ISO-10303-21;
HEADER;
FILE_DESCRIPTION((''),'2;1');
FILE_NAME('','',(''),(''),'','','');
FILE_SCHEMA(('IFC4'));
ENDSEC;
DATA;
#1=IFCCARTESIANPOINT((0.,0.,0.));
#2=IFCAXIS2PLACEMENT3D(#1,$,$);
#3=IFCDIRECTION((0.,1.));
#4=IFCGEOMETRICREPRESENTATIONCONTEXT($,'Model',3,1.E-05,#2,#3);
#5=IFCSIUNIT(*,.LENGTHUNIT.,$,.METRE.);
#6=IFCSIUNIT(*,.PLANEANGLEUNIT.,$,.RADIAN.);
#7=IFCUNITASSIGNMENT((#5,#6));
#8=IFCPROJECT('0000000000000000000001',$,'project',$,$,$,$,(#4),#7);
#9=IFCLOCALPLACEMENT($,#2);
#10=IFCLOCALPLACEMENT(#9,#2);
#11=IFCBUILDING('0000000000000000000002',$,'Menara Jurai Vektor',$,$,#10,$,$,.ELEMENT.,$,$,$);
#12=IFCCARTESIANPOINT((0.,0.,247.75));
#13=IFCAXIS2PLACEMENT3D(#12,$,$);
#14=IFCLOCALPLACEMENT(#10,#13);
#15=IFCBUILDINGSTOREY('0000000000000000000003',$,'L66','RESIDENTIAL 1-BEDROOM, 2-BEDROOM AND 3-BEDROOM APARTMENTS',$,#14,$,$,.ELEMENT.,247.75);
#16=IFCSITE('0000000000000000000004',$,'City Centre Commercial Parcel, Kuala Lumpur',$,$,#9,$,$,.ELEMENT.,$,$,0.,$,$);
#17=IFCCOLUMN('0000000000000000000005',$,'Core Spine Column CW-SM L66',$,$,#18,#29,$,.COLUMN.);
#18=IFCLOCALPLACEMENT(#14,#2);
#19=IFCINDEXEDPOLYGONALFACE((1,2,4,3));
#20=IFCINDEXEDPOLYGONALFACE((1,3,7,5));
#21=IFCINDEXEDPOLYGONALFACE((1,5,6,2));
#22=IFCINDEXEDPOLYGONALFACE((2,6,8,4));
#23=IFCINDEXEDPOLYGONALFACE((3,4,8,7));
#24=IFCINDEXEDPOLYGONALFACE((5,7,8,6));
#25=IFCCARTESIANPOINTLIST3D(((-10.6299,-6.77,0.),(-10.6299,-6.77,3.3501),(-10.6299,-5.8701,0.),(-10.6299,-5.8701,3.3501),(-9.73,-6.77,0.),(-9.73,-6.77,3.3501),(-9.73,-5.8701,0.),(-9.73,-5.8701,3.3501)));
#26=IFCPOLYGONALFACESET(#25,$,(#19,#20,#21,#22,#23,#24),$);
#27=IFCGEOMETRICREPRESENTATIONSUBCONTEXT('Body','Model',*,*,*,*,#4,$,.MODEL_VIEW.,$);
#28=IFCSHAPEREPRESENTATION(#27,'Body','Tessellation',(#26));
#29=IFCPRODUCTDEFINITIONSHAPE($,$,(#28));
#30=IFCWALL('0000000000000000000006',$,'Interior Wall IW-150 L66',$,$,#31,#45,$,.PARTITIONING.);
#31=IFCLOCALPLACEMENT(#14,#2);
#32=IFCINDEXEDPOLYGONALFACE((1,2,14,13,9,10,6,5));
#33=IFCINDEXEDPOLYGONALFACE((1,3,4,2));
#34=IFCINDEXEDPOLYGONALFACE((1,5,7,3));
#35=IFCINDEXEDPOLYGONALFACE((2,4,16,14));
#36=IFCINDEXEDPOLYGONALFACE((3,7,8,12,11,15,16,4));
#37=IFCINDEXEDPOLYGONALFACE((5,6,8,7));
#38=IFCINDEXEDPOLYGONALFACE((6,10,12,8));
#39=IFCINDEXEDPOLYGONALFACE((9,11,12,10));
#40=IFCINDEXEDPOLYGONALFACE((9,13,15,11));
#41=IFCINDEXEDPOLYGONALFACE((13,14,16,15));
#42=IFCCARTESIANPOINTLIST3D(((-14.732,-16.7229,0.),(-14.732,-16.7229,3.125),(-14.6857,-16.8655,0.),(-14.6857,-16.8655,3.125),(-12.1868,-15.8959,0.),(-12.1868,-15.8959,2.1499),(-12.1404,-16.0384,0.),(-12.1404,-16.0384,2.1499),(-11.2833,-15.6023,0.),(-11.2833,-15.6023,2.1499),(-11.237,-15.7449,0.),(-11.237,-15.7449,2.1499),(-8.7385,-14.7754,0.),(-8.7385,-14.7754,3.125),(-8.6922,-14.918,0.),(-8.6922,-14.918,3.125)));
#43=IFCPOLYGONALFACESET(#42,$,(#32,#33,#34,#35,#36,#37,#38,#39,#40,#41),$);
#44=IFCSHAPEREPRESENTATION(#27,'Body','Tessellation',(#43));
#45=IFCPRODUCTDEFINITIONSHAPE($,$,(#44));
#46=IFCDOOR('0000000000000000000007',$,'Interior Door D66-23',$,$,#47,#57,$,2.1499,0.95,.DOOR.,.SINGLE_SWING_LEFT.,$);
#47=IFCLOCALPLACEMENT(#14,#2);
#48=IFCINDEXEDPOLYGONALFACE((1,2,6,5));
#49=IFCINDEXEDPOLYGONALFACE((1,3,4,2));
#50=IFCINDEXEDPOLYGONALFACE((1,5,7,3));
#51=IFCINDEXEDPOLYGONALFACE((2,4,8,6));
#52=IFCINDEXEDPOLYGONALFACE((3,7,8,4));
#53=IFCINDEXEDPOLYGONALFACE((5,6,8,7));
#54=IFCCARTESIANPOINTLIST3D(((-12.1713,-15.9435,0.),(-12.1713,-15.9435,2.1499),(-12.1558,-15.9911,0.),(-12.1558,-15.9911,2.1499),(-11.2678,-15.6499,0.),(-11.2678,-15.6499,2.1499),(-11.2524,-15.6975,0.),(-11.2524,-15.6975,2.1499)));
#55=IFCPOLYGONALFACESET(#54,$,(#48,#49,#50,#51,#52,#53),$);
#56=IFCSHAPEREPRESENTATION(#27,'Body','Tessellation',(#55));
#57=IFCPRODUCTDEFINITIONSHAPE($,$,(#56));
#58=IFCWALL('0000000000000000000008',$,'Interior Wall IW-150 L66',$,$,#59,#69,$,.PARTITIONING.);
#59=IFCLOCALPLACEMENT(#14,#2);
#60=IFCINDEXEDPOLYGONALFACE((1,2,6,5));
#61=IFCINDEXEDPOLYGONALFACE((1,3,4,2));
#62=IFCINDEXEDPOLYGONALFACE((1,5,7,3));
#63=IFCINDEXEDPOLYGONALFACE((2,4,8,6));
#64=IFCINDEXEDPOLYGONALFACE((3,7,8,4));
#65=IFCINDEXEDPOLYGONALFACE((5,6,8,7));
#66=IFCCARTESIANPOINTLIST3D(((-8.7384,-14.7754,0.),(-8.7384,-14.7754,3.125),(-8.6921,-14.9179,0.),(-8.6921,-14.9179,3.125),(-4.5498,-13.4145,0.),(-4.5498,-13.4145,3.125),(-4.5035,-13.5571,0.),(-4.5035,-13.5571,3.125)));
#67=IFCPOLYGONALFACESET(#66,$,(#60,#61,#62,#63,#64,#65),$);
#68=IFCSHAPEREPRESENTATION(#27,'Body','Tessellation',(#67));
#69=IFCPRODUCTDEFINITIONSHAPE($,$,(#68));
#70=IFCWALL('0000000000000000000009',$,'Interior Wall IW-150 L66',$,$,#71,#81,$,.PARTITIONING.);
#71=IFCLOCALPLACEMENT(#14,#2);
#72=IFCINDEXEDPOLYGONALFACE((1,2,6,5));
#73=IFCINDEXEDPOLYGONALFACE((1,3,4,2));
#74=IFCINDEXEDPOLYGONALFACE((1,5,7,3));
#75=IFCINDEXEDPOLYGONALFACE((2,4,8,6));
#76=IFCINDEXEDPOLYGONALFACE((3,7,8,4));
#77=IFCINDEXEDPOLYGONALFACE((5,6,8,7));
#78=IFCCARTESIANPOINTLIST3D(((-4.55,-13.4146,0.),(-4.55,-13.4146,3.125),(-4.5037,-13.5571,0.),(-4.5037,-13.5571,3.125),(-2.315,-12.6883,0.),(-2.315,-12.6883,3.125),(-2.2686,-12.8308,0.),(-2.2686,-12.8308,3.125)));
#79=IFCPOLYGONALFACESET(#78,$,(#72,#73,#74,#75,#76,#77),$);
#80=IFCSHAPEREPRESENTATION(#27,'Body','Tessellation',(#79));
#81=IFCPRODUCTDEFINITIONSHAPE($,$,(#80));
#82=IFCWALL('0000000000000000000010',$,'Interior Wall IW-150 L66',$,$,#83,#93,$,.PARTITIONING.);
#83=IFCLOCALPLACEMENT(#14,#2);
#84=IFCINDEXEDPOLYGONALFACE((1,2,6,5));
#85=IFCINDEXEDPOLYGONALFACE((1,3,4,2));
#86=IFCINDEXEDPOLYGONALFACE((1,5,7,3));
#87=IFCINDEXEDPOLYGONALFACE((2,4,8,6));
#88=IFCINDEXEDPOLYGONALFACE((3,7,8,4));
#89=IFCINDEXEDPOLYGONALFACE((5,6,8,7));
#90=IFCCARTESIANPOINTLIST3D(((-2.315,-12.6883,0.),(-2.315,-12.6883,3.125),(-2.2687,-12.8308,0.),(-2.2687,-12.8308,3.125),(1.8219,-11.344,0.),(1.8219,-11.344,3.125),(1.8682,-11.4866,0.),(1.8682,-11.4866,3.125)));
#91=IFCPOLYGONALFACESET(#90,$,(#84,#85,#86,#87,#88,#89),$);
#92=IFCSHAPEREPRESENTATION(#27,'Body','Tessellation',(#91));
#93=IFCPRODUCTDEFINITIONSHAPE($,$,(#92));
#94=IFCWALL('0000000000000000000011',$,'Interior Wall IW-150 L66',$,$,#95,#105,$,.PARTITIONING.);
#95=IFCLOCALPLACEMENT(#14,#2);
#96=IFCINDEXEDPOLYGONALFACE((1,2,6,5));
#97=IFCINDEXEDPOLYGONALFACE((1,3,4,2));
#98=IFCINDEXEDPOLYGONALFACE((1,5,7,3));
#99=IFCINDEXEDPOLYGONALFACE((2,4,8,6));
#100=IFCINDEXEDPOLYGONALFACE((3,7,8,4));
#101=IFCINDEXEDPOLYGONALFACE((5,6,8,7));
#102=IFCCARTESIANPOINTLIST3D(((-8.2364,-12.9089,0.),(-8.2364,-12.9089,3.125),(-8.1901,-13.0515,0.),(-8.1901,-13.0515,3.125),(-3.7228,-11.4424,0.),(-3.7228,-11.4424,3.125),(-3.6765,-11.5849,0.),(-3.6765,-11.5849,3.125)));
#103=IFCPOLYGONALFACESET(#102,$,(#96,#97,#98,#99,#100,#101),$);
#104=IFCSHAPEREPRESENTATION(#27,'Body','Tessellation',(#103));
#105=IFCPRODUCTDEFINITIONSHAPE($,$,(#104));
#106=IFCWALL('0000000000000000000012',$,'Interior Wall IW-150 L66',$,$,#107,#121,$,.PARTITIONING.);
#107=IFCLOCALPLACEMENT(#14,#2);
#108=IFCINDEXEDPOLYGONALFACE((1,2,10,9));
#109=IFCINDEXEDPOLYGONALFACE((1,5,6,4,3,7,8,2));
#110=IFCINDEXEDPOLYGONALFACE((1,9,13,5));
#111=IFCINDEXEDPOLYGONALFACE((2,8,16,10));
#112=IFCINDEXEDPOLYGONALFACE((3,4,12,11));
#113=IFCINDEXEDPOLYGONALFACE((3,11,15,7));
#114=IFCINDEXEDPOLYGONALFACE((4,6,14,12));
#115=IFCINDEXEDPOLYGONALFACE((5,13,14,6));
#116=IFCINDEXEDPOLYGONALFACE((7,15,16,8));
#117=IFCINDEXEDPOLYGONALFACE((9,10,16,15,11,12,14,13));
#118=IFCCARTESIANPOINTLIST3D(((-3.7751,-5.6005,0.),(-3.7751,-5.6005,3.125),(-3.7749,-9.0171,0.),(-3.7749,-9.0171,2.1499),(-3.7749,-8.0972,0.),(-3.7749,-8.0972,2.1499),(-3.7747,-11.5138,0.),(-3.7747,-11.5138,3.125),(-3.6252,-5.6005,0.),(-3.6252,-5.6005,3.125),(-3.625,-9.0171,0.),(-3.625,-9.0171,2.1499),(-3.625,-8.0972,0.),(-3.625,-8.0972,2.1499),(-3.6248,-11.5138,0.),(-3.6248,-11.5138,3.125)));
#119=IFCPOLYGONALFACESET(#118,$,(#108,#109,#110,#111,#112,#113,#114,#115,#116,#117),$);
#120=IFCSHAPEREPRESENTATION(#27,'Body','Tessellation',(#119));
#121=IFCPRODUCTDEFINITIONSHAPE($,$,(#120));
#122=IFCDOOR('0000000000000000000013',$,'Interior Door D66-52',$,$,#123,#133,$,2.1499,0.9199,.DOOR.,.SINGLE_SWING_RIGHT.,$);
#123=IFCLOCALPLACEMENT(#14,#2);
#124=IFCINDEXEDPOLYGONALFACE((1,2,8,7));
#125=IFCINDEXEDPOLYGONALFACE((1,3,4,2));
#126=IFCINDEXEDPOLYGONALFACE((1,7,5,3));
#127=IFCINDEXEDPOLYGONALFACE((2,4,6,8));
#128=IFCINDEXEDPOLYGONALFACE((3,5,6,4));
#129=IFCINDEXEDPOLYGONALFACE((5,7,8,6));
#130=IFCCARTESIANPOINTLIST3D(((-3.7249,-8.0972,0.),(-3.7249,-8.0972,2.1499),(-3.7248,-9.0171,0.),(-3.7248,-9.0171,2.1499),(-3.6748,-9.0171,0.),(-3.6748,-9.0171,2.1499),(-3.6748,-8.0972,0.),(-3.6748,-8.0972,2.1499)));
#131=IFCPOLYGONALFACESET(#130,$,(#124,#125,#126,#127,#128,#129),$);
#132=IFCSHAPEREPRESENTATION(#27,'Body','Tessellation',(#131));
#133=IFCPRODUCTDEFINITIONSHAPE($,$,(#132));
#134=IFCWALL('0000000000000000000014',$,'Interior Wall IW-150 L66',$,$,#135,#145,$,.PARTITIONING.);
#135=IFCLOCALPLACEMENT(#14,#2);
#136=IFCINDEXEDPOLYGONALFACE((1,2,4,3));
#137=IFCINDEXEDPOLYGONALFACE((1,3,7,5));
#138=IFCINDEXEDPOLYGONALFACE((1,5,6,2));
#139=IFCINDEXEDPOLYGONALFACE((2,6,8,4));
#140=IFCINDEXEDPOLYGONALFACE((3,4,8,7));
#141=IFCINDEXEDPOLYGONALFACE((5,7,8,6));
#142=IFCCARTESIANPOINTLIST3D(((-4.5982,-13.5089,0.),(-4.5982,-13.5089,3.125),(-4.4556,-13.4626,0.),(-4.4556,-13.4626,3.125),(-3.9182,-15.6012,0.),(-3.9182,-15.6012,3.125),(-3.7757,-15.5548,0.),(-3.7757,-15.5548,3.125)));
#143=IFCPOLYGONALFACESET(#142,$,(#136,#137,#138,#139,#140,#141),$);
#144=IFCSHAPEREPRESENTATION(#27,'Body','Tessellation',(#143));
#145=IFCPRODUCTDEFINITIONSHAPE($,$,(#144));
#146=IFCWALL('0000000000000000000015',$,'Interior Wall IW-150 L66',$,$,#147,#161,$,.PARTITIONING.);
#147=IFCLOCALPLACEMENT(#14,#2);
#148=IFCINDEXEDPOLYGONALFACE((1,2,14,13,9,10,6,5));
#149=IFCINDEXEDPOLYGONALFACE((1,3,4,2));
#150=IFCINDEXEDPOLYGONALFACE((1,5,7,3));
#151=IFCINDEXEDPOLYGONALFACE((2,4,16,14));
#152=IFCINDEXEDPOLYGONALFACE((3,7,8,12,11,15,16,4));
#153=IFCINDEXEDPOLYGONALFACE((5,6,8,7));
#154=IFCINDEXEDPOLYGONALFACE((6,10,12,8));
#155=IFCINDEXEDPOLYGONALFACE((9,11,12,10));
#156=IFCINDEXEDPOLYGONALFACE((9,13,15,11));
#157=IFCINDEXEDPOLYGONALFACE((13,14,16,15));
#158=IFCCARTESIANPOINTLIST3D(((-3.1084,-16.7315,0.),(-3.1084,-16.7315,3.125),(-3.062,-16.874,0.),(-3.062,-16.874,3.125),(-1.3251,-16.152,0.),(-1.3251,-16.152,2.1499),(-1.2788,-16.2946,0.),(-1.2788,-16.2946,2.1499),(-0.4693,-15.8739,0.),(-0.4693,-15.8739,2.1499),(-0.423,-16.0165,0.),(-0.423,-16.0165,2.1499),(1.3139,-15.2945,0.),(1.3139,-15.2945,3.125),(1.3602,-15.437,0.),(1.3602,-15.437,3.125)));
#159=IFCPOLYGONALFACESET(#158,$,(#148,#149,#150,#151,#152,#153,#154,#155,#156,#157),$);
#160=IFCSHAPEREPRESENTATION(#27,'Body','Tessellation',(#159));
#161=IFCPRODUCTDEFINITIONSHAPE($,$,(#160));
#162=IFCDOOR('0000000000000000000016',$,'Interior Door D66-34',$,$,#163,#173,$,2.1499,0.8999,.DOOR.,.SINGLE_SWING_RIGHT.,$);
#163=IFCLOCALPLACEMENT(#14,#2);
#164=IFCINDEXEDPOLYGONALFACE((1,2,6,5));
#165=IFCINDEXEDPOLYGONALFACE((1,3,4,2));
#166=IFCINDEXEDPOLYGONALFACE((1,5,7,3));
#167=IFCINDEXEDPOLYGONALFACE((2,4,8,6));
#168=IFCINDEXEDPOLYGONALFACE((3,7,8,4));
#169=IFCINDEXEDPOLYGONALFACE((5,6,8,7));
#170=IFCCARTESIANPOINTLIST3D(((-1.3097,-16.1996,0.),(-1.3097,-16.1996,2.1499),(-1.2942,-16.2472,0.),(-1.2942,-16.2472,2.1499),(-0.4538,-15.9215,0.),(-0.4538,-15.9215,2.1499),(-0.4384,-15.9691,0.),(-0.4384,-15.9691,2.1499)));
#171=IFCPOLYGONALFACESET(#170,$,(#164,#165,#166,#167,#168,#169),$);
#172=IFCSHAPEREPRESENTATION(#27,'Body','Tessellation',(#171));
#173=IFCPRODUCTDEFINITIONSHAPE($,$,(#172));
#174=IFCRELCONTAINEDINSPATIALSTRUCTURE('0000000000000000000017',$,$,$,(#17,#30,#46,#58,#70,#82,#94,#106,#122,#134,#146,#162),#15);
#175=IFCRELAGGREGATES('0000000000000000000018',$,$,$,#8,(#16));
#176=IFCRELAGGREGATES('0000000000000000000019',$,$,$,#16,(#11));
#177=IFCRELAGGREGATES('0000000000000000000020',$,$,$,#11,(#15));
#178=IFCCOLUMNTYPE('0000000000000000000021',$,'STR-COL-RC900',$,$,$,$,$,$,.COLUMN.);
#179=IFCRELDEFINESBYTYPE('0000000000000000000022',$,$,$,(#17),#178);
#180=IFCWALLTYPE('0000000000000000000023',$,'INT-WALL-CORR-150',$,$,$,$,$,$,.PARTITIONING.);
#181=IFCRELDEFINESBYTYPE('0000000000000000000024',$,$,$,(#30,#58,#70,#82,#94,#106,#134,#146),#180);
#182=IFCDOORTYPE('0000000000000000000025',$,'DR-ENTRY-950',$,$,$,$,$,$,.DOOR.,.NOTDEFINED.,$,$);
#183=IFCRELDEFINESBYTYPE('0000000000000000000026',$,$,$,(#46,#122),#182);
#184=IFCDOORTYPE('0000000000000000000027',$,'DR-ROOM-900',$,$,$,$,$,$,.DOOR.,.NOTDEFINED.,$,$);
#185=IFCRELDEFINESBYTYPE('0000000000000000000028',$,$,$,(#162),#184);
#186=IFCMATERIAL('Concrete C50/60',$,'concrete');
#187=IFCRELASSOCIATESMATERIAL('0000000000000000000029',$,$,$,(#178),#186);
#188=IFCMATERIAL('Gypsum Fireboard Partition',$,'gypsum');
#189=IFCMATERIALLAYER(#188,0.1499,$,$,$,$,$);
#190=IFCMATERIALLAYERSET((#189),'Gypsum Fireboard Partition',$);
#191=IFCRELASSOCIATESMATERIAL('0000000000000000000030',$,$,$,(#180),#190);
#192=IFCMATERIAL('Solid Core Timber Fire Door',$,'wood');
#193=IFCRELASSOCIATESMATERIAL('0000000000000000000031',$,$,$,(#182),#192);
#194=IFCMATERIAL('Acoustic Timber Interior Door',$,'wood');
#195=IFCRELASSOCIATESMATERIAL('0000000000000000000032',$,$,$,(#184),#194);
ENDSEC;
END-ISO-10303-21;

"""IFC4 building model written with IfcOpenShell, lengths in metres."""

from ifc_helpers import new_model, si_unit, direction, frame, frame_2d, origin, origin_2d, place, context, subcontext, project, spatial, rectangle, extrude, material, layer, layer_set, material_profile, profile_set, type_object, element, fill, save


model = new_model("IFC4")

# Units and contexts
model_context = context("Model", 3, precision=1e-05, world=origin(), true_north=direction((0.0, 1.0)))
body_context = subcontext(model_context, "Body", "Model", "MODEL_VIEW")
ifc_project = project(units=[si_unit("LENGTHUNIT", "METRE"), si_unit("PLANEANGLEUNIT", "RADIAN")], contexts=[model_context])

# Site, building, storey
site_placement = place(None, origin())
site = spatial("IfcSite", under=ifc_project, at=site_placement, Name="City Centre Commercial Parcel, Kuala Lumpur", CompositionType="ELEMENT", RefElevation=0.0)
building_placement = place(site_placement, origin())
building = spatial("IfcBuilding", under=site, at=building_placement, Name="Menara Jurai Vektor", CompositionType="ELEMENT")
storey_placement = place(building_placement, frame((0.0, 0.0, 247.75)))
storey = spatial("IfcBuildingStorey", under=building, at=storey_placement, Name="L66", Description="RESIDENTIAL 1-BEDROOM, 2-BEDROOM AND 3-BEDROOM APARTMENTS", CompositionType="ELEMENT", Elevation=247.75)

# Column
ifc_material_1 = material(Name="Concrete C50/60", Category="concrete")
ifc_material_profile = material_profile(ifc_material_1, rectangle(XDim=0.8999, YDim=0.8999, at=origin_2d()), Name="RC 900x900")
ifc_profile_set = profile_set([ifc_material_profile], Name="Concrete C50/60")
column_type = type_object("IfcColumnType", Name="STR-COL-RC900", PredefinedType="COLUMN", material=ifc_profile_set)
column_placement = place(storey_placement, frame((-10.1799, -6.3201, 0.0), z_axis=(0.0, 0.0, 1.0), x_axis=(1.0, 0.0, 0.0)))
element("IfcColumn", 1, at=column_placement, inside=storey, type_object=column_type, Name="Core Spine Column CW-SM L66", PredefinedType="COLUMN", context=body_context, shape_type="SweptSolid", body=[
    extrude(rectangle(XDim=0.8999, YDim=0.8999, at=origin_2d()), origin(), (0.0, 0.0, 1.0), 3.3501),
])

# Wall, opening, door
ifc_material_2 = material(Name="Gypsum Fireboard Partition", Category="gypsum")
ifc_layer = layer(ifc_material_2, 0.1499)
ifc_layer_set = layer_set([ifc_layer], Name="Gypsum Fireboard Partition")
wall_type = type_object("IfcWallType", Name="INT-WALL-CORR-150", PredefinedType="PARTITIONING", material=ifc_layer_set)
wall_1_placement = place(storey_placement, frame((-14.7087, -16.7942, 0.0), z_axis=(0.0, 0.0, 1.0), x_axis=(0.95105, 0.309036, 0.0)))
wall_1 = element("IfcWall", 2, at=wall_1_placement, inside=storey, type_object=wall_type, Name="Interior Wall IW-150 L66", PredefinedType="PARTITIONING", context=body_context, shape_type="SweptSolid", body=[
    extrude(rectangle(XDim=6.302, YDim=0.1499, at=frame_2d((3.1509, 0.0))), origin(), (0.0, 0.0, 1.0), 3.125),
])
opening_1_placement = place(wall_1_placement, frame((2.676, 0.0, 0.0)))
opening_1 = element("IfcOpeningElement", 3, at=opening_1_placement, cuts=wall_1, PredefinedType="OPENING", context=body_context, shape_type="SweptSolid", body=[
    extrude(rectangle(XDim=0.95, YDim=2.1499, at=frame_2d((0.4751, 1.075))), frame((0.0, 0.085, 0.0), z_axis=(0.0, -1.0, 0.0), x_axis=(1.0, 0.0, 0.0)), (0.0, 0.0, 1.0), 0.1699),
])
ifc_material_3 = material(Name="Solid Core Timber Fire Door", Category="wood")
door_type_1 = type_object("IfcDoorType", Name="DR-ENTRY-950", OperationType="NOTDEFINED", PredefinedType="DOOR", material=ifc_material_3)
door_1_placement = place(opening_1_placement, origin())
door_1 = element("IfcDoor", 4, at=door_1_placement, inside=storey, type_object=door_type_1, Name="Interior Door D66-23", OperationType="SINGLE_SWING_LEFT", OverallHeight=2.1499, OverallWidth=0.95, PredefinedType="DOOR", context=body_context, shape_type="SweptSolid", body=[
    extrude(rectangle(XDim=0.95, YDim=2.1499, at=frame_2d((0.4751, 1.075))), frame((0.0, 0.0249, 0.0), z_axis=(0.0, -1.0, 0.0), x_axis=(1.0, 0.0, 0.0)), (0.0, 0.0, 1.0), 0.05),
])
fill(opening_1, door_1)

# Walls
wall_2_placement = place(storey_placement, frame((-8.7153, -14.8467, 0.0), z_axis=(0.0, 0.0, 1.0), x_axis=(0.951062, 0.309001, 0.0)))
element("IfcWall", 5, at=wall_2_placement, inside=storey, type_object=wall_type, Name="Interior Wall IW-150 L66", PredefinedType="PARTITIONING", context=body_context, shape_type="SweptSolid", body=[
    extrude(rectangle(XDim=4.4041, YDim=0.1499, at=frame_2d((2.2021, 0.0))), origin(), (0.0, 0.0, 1.0), 3.125),
])
wall_3_placement = place(storey_placement, frame((-4.5269, -13.4858, 0.0), z_axis=(0.0, 0.0, 1.0), x_axis=(0.951046, 0.309051, 0.0)))
element("IfcWall", 6, at=wall_3_placement, inside=storey, type_object=wall_type, Name="Interior Wall IW-150 L66", PredefinedType="PARTITIONING", context=body_context, shape_type="SweptSolid", body=[
    extrude(rectangle(XDim=2.3501, YDim=0.1499, at=frame_2d((1.175, 0.0))), origin(), (0.0, 0.0, 1.0), 3.125),
])
wall_4_placement = place(storey_placement, frame((-2.2917, -12.7595, 0.0), z_axis=(0.0, 0.0, 1.0), x_axis=(0.951053, 0.309029, 0.0)))
element("IfcWall", 7, at=wall_4_placement, inside=storey, type_object=wall_type, Name="Interior Wall IW-150 L66", PredefinedType="PARTITIONING", context=body_context, shape_type="SweptSolid", body=[
    extrude(rectangle(XDim=4.3499, YDim=0.1499, at=frame_2d((2.1748, 0.0))), origin(), (0.0, 0.0, 1.0), 3.125),
])

# Wall
wall_5_placement = place(storey_placement, frame((-8.2134, -12.9802, 0.0), z_axis=(0.0, 0.0, 1.0), x_axis=(0.951058, 0.309012, 0.0)))
element("IfcWall", 8, at=wall_5_placement, inside=storey, type_object=wall_type, Name="Interior Wall IW-150 L66", PredefinedType="PARTITIONING", context=body_context, shape_type="SweptSolid", body=[
    extrude(rectangle(XDim=4.7458, YDim=0.1499, at=frame_2d((2.373, 0.0))), origin(), (0.0, 0.0, 1.0), 3.125),
])

# Wall, opening, door
wall_6_placement = place(storey_placement, frame((-3.6997, -11.5137, 0.0), z_axis=(0.0, 0.0, 1.0), x_axis=(-0.000083, 1.0, 0.0)))
wall_6 = element("IfcWall", 9, at=wall_6_placement, inside=storey, type_object=wall_type, Name="Interior Wall IW-150 L66", PredefinedType="PARTITIONING", context=body_context, shape_type="SweptSolid", body=[
    extrude(rectangle(XDim=5.9133, YDim=0.1499, at=frame_2d((2.9565, 0.0))), origin(), (0.0, 0.0, 1.0), 3.125),
])
opening_2_placement = place(wall_6_placement, frame((2.4966, 0.0, 0.0)))
opening_2 = element("IfcOpeningElement", 10, at=opening_2_placement, cuts=wall_6, PredefinedType="OPENING", context=body_context, shape_type="SweptSolid", body=[
    extrude(rectangle(XDim=0.9199, YDim=2.1499, at=frame_2d((0.46, 1.075))), frame((0.0, 0.085, 0.0), z_axis=(0.0, -1.0, 0.0), x_axis=(1.0, 0.0, 0.0)), (0.0, 0.0, 1.0), 0.1699),
])
door_2_placement = place(opening_2_placement, origin())
door_2 = element("IfcDoor", 11, at=door_2_placement, inside=storey, type_object=door_type_1, Name="Interior Door D66-52", OperationType="SINGLE_SWING_RIGHT", OverallHeight=2.1499, OverallWidth=0.9199, PredefinedType="DOOR", context=body_context, shape_type="SweptSolid", body=[
    extrude(rectangle(XDim=0.9199, YDim=2.1499, at=frame_2d((0.46, 1.075))), frame((0.0, 0.0249, 0.0), z_axis=(0.0, -1.0, 0.0), x_axis=(1.0, 0.0, 0.0)), (0.0, 0.0, 1.0), 0.05),
])
fill(opening_2, door_2)

# Wall
wall_7_placement = place(storey_placement, frame((-3.8469, -15.5781, 0.0), z_axis=(0.0, 0.0, 1.0), x_axis=(-0.309061, 0.951042, 0.0)))
element("IfcWall", 12, at=wall_7_placement, inside=storey, type_object=wall_type, Name="Interior Wall IW-150 L66", PredefinedType="PARTITIONING", context=body_context, shape_type="SweptSolid", body=[
    extrude(rectangle(XDim=2.2, YDim=0.1499, at=frame_2d((1.1001, 0.0))), origin(), (0.0, 0.0, 1.0), 3.125),
])

# Wall, opening, door
wall_8_placement = place(storey_placement, frame((-3.0852, -16.8027, 0.0), z_axis=(0.0, 0.0, 1.0), x_axis=(0.95105, 0.309036, 0.0)))
wall_8 = element("IfcWall", 13, at=wall_8_placement, inside=storey, type_object=wall_type, Name="Interior Wall IW-150 L66", PredefinedType="PARTITIONING", context=body_context, shape_type="SweptSolid", body=[
    extrude(rectangle(XDim=4.6499, YDim=0.1499, at=frame_2d((2.325, 0.0))), origin(), (0.0, 0.0, 1.0), 3.125),
])
opening_3_placement = place(wall_8_placement, frame((1.875, 0.0, 0.0)))
opening_3 = element("IfcOpeningElement", 14, at=opening_3_placement, cuts=wall_8, PredefinedType="OPENING", context=body_context, shape_type="SweptSolid", body=[
    extrude(rectangle(XDim=0.8999, YDim=2.1499, at=frame_2d((0.45, 1.075))), frame((0.0, 0.085, 0.0), z_axis=(0.0, -1.0, 0.0), x_axis=(1.0, 0.0, 0.0)), (0.0, 0.0, 1.0), 0.1699),
])
ifc_material_4 = material(Name="Acoustic Timber Interior Door", Category="wood")
door_type_2 = type_object("IfcDoorType", Name="DR-ROOM-900", OperationType="NOTDEFINED", PredefinedType="DOOR", material=ifc_material_4)
door_3_placement = place(opening_3_placement, origin())
door_3 = element("IfcDoor", 15, at=door_3_placement, inside=storey, type_object=door_type_2, Name="Interior Door D66-34", OperationType="SINGLE_SWING_RIGHT", OverallHeight=2.1499, OverallWidth=0.8999, PredefinedType="DOOR", context=body_context, shape_type="SweptSolid", body=[
    extrude(rectangle(XDim=0.8999, YDim=2.1499, at=frame_2d((0.45, 1.075))), frame((0.0, 0.0249, 0.0), z_axis=(0.0, -1.0, 0.0), x_axis=(1.0, 0.0, 0.0)), (0.0, 0.0, 1.0), 0.05),
])
fill(opening_3, door_3)

save(model, "model.ifc")
